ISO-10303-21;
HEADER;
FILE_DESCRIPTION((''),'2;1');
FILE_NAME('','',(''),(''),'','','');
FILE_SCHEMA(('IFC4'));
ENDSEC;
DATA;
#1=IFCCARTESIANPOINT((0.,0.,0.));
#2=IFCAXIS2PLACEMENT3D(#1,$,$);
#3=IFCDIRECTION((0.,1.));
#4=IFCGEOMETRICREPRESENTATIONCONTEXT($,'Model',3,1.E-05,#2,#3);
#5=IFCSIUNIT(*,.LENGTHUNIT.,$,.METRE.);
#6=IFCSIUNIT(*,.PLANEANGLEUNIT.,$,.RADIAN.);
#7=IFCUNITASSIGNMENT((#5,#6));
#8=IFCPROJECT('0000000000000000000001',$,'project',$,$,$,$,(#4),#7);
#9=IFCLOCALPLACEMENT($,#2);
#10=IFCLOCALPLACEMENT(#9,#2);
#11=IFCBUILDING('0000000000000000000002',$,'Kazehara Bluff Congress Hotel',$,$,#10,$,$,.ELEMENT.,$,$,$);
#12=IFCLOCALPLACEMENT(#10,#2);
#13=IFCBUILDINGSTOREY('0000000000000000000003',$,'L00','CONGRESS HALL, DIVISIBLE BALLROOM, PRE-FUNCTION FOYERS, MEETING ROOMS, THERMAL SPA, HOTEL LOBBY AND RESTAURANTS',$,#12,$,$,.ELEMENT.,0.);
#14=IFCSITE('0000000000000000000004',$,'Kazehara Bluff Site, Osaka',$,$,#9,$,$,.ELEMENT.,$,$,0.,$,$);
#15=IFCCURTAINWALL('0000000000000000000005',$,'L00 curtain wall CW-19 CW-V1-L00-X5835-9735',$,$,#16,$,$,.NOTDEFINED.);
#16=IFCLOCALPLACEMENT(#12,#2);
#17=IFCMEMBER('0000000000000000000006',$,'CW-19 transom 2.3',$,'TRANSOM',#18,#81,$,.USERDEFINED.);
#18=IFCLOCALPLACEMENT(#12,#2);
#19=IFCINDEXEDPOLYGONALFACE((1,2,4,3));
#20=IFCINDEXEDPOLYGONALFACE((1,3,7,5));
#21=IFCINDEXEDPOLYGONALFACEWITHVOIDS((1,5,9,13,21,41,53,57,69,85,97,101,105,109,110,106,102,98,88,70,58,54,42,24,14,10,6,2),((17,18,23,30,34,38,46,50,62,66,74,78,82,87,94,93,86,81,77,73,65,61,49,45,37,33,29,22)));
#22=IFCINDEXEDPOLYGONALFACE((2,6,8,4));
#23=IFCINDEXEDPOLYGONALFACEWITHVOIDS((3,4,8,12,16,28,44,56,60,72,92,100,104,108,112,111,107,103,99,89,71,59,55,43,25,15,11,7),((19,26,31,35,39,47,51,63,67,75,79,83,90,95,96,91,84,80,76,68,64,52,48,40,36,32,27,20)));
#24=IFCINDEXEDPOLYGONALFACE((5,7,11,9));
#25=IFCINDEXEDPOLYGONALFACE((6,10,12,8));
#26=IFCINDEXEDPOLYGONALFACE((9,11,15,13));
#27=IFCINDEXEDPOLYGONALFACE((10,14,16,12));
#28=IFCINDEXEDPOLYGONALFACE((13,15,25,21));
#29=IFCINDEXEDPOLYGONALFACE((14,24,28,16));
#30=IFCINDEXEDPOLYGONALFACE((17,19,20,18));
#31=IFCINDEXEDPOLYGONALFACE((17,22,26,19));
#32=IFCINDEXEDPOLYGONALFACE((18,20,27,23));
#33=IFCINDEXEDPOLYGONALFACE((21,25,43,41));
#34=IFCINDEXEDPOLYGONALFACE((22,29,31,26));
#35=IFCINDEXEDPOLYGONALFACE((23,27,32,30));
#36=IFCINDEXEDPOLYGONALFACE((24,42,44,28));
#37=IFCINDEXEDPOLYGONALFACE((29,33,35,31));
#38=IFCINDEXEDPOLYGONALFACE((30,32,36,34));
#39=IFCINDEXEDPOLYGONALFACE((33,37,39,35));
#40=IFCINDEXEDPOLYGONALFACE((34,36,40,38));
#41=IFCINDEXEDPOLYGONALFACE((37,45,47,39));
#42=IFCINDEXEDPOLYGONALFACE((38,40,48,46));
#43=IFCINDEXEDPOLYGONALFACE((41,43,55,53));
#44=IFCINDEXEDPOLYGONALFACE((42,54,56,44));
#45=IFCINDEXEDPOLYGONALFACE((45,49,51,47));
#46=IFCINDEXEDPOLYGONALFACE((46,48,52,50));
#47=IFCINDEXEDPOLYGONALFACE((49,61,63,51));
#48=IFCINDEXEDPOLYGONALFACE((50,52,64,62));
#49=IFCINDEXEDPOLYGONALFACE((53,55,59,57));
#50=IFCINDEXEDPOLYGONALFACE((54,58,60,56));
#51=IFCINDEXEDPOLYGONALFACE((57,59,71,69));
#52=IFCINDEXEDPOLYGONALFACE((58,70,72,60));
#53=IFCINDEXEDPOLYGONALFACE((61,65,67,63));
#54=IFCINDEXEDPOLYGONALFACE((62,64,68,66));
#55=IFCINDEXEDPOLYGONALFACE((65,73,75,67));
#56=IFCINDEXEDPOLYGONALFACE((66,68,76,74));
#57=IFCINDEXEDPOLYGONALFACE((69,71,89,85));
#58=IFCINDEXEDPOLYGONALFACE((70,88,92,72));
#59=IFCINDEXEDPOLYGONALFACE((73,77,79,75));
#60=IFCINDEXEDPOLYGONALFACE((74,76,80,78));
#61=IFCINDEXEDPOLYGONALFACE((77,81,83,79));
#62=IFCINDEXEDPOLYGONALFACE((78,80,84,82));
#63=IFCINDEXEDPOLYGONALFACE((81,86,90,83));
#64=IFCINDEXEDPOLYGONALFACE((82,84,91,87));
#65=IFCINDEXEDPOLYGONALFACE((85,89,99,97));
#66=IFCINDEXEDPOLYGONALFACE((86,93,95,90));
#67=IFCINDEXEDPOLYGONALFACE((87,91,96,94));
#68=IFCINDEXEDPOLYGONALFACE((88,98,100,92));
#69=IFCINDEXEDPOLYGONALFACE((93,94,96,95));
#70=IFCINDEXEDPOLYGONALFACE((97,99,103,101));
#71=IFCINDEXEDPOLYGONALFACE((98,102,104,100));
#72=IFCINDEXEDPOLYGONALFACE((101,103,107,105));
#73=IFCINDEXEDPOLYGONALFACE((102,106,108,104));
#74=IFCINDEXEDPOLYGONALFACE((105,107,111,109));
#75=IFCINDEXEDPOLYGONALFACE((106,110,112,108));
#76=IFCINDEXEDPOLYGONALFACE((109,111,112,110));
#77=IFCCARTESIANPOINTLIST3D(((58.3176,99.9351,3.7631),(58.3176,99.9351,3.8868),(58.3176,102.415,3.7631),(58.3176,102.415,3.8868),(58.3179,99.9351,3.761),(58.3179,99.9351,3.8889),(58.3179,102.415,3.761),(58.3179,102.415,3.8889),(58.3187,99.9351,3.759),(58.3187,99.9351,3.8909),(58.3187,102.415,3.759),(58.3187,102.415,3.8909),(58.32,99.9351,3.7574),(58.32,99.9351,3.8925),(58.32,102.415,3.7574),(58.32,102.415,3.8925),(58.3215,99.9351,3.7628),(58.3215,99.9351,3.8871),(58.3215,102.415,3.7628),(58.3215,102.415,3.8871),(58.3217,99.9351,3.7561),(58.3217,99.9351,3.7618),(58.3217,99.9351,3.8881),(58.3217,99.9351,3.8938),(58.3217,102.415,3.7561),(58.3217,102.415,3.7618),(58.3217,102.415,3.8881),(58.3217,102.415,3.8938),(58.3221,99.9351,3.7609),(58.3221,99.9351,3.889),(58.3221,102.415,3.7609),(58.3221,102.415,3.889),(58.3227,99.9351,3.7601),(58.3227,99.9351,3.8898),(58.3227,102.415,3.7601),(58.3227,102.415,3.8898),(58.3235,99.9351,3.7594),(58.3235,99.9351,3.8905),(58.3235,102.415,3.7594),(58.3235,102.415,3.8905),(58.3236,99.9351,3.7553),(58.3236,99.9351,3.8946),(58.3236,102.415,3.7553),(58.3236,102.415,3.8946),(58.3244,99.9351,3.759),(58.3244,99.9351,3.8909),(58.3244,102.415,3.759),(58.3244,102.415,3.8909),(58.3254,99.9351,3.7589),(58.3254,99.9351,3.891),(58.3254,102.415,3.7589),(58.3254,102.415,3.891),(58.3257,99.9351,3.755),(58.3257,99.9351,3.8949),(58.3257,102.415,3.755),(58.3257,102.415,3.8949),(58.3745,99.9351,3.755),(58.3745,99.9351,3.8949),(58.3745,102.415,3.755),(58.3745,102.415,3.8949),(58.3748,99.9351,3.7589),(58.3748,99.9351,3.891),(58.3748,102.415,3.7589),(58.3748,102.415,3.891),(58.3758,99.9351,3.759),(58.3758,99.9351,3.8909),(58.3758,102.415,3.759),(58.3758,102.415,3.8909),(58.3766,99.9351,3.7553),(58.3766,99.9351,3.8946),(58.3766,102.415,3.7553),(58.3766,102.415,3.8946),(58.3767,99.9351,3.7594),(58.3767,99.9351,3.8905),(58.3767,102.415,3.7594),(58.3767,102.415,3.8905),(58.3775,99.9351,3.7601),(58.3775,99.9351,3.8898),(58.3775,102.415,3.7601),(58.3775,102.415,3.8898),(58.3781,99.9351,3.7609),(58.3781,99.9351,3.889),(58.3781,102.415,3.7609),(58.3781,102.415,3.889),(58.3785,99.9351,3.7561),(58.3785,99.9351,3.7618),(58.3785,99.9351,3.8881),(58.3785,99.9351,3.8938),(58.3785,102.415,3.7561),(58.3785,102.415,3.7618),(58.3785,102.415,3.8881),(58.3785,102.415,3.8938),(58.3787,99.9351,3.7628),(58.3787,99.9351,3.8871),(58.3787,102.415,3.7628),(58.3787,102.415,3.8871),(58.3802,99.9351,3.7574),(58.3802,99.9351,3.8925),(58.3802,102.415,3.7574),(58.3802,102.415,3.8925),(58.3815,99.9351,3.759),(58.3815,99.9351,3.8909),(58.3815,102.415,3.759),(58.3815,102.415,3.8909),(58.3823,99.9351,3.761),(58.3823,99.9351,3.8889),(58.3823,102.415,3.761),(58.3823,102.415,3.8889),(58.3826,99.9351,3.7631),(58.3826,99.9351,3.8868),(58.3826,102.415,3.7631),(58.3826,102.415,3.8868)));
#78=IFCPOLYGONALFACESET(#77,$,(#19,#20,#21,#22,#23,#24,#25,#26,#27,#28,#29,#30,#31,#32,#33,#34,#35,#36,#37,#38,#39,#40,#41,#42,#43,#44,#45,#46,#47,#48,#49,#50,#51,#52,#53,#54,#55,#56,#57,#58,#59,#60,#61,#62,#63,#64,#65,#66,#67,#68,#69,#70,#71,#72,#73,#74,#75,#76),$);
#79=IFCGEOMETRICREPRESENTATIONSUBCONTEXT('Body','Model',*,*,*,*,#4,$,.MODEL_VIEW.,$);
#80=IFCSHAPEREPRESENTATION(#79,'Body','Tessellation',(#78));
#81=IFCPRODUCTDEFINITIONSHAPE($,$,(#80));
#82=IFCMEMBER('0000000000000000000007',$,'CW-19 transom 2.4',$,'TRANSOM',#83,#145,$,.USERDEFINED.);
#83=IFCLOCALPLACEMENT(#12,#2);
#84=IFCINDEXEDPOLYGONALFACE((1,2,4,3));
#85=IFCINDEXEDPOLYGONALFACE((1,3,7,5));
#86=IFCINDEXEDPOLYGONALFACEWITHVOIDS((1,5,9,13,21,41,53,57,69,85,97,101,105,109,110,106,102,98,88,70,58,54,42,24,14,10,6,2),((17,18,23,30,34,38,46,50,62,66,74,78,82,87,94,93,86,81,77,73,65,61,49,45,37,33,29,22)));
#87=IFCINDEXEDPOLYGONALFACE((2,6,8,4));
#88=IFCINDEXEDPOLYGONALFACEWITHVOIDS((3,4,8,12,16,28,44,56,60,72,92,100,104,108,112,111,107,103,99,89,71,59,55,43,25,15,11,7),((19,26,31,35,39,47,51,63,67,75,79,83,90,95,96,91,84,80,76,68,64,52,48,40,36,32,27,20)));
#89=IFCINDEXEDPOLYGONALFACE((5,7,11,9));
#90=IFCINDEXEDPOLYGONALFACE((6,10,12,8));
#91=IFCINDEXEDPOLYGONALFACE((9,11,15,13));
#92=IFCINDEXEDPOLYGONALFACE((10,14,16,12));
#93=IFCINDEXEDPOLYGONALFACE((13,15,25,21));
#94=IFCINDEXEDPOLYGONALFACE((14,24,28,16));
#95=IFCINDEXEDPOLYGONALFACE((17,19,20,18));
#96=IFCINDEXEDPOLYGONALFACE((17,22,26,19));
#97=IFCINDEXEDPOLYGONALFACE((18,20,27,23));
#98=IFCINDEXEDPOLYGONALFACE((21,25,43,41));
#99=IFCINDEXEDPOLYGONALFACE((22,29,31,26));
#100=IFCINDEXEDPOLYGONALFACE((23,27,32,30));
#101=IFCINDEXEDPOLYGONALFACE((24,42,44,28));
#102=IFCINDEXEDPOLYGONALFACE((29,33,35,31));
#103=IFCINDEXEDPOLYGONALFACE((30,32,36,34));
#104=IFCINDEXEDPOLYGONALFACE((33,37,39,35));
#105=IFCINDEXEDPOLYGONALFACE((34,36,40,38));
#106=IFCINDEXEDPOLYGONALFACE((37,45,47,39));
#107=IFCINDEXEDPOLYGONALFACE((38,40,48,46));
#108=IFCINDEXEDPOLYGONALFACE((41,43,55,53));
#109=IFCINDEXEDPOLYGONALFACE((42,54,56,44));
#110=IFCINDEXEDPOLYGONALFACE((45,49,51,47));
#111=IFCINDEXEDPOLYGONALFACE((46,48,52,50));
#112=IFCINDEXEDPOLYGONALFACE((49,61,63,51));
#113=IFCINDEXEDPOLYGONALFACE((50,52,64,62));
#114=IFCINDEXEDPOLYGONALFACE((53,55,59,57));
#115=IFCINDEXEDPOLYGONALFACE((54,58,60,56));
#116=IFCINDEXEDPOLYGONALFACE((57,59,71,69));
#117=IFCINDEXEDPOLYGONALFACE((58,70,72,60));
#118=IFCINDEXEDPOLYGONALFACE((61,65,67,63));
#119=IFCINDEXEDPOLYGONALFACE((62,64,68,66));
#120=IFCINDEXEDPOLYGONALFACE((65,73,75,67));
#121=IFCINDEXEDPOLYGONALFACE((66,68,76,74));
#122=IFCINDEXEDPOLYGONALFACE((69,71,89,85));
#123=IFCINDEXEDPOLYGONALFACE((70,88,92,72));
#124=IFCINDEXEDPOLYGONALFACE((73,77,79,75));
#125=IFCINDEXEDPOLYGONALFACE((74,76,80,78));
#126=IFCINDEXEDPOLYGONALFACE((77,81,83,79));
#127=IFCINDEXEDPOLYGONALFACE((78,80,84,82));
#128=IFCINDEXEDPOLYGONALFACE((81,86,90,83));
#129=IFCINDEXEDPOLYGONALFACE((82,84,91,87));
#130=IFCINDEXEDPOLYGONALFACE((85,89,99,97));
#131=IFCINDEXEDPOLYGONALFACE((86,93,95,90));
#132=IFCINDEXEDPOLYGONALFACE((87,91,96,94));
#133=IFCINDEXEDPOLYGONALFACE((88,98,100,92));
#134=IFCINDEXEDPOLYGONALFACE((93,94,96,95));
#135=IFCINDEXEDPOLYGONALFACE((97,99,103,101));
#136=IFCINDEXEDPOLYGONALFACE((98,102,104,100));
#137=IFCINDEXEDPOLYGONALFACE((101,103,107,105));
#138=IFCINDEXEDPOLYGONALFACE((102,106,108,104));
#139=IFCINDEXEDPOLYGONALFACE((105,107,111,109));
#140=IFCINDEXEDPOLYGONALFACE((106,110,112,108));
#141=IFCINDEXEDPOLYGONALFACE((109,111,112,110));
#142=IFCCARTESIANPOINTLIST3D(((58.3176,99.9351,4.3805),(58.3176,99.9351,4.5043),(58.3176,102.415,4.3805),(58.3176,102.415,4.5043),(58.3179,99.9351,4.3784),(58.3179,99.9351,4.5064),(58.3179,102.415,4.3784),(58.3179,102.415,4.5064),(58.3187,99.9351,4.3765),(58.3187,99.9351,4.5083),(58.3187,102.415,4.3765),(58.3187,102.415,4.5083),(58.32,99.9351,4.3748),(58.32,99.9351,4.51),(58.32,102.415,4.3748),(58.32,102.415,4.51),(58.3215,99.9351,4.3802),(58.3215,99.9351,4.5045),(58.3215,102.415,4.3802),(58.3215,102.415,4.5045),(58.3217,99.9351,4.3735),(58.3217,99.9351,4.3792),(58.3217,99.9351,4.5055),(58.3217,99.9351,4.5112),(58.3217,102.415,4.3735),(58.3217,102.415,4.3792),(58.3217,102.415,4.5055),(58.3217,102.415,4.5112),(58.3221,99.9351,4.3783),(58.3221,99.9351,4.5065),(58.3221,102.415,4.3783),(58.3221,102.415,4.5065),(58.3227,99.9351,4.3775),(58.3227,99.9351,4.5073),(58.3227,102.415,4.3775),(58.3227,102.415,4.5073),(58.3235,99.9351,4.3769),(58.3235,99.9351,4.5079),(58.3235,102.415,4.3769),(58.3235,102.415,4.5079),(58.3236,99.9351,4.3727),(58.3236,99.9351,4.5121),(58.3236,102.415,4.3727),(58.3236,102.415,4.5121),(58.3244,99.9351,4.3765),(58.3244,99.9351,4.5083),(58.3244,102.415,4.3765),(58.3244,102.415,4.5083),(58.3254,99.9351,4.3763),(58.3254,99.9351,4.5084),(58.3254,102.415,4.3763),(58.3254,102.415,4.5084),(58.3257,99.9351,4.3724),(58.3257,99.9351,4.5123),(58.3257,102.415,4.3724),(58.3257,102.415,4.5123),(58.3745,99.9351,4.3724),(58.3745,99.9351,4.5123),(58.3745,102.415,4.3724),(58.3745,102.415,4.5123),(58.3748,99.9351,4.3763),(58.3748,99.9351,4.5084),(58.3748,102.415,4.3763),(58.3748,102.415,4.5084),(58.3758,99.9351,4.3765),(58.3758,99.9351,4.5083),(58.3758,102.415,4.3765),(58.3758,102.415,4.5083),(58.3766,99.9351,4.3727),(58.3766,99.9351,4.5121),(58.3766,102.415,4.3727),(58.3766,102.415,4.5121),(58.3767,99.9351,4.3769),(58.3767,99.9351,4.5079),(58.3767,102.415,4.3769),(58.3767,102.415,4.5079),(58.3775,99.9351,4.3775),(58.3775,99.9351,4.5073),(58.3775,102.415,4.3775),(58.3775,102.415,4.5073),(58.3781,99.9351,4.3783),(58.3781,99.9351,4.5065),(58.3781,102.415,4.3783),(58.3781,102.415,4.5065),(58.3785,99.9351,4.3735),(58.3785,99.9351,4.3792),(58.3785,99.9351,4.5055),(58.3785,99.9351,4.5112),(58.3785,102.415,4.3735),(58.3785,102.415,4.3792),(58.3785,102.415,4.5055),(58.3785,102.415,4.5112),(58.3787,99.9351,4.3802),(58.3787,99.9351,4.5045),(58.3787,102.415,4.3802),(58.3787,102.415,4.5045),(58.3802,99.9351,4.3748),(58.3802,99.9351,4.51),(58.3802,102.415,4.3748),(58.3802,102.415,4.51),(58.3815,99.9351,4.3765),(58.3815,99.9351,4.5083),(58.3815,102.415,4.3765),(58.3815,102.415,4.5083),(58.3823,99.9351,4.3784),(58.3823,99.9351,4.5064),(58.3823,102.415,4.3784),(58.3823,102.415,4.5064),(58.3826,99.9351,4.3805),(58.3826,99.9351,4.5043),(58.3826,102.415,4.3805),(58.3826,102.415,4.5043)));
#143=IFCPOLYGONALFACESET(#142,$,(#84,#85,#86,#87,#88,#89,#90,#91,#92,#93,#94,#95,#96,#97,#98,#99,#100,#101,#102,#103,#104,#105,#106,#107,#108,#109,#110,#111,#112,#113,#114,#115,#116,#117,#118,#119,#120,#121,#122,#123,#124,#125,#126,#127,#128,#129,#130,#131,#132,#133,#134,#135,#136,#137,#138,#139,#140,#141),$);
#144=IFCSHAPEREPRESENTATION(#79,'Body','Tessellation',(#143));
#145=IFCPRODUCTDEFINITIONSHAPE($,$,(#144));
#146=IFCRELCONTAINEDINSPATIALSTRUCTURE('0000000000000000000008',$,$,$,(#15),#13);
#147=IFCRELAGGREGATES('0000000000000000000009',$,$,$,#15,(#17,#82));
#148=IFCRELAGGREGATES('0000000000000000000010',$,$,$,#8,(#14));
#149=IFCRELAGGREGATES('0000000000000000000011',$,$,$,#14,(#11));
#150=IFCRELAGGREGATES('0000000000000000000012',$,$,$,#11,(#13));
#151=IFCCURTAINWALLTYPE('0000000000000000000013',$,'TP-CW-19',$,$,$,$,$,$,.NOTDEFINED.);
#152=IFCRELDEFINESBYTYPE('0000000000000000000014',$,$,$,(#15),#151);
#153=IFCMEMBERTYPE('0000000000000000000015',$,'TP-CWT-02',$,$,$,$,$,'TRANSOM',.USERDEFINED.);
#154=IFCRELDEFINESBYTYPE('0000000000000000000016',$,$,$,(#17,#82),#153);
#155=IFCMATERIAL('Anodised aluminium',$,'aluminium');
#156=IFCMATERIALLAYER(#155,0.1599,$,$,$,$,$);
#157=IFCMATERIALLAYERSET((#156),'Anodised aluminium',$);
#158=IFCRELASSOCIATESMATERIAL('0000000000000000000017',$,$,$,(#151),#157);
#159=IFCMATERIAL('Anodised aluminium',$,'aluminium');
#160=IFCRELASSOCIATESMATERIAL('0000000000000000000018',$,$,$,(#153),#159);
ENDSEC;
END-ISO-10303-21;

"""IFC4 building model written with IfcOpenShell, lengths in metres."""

from ifc_helpers import new_model, si_unit, direction, frame, origin, origin_2d, place, context, subcontext, project, spatial, hollow_rectangle, extrude, material, layer, layer_set, material_profile, profile_set, type_object, element, aggregate, save


model = new_model("IFC4")

# Units and contexts
model_context = context("Model", 3, precision=1e-05, world=origin(), true_north=direction((0.0, 1.0)))
body_context = subcontext(model_context, "Body", "Model", "MODEL_VIEW")
ifc_project = project(units=[si_unit("LENGTHUNIT", "METRE"), si_unit("PLANEANGLEUNIT", "RADIAN")], contexts=[model_context])

# Site, building, storey
site_placement = place(None, origin())
site = spatial("IfcSite", under=ifc_project, at=site_placement, Name="Kazehara Bluff Site, Osaka", CompositionType="ELEMENT", RefElevation=0.0)
building_placement = place(site_placement, origin())
building = spatial("IfcBuilding", under=site, at=building_placement, Name="Kazehara Bluff Congress Hotel", CompositionType="ELEMENT")
storey_placement = place(building_placement, origin())
storey = spatial("IfcBuildingStorey", under=building, at=storey_placement, Name="L00", Description="CONGRESS HALL, DIVISIBLE BALLROOM, PRE-FUNCTION FOYERS, MEETING ROOMS, THERMAL SPA, HOTEL LOBBY AND RESTAURANTS", CompositionType="ELEMENT", Elevation=0.0)

# Curtain wall, members
ifc_material_1 = material(Name="Anodised aluminium", Category="aluminium")
ifc_layer_1 = layer(ifc_material_1, 0.1599)
ifc_layer_set_1 = layer_set([ifc_layer_1], Name="Anodised aluminium")
curtain_wall_type_1 = type_object("IfcCurtainWallType", Name="TP-CW-19", PredefinedType="NOTDEFINED", material=ifc_layer_set_1)
curtain_wall_1_placement = place(storey_placement, origin())
curtain_wall_1 = element("IfcCurtainWall", 1, at=curtain_wall_1_placement, inside=storey, type_object=curtain_wall_type_1, Name="L00 curtain wall CW-19 CW-V1-L00-X5835-9735", PredefinedType="NOTDEFINED")
ifc_material_2 = material(Name="Anodised aluminium", Category="aluminium")
ifc_material_profile_1 = material_profile(ifc_material_2, hollow_rectangle(XDim=0.0649, YDim=0.1399, WallThickness=0.0039, InnerFilletRadius=0.0039, OuterFilletRadius=0.0081, at=origin_2d()))
ifc_profile_set_1 = profile_set([ifc_material_profile_1], Name="Anodised aluminium")
member_type_1 = type_object("IfcMemberType", Name="TP-CWT-02", ElementType="TRANSOM", PredefinedType="USERDEFINED", material=ifc_profile_set_1)
member_1_placement = place(storey_placement, frame((58.3501, 99.9351, 3.825), z_axis=(0.0, 1.0, 0.0), x_axis=(-1.0, 0.0, 0.0)))
member_1 = element("IfcMember", 2, at=member_1_placement, type_object=member_type_1, Name="CW-19 transom 2.3", ObjectType="TRANSOM", PredefinedType="USERDEFINED", context=body_context, shape_type="SweptSolid", body=[
    extrude(hollow_rectangle(XDim=0.0649, YDim=0.1399, WallThickness=0.0039, InnerFilletRadius=0.0039, OuterFilletRadius=0.0081, at=origin_2d()), origin(), (0.0, 0.0, 1.0), 2.48),
])
member_2_placement = place(storey_placement, frame((58.3501, 99.9351, 4.4424), z_axis=(0.0, 1.0, 0.0), x_axis=(-1.0, 0.0, 0.0)))
member_2 = element("IfcMember", 3, at=member_2_placement, type_object=member_type_1, Name="CW-19 transom 2.4", ObjectType="TRANSOM", PredefinedType="USERDEFINED", context=body_context, shape_type="SweptSolid", body=[
    extrude(hollow_rectangle(XDim=0.0649, YDim=0.1399, WallThickness=0.0039, InnerFilletRadius=0.0039, OuterFilletRadius=0.0081, at=origin_2d()), origin(), (0.0, 0.0, 1.0), 2.48),
])

aggregate(curtain_wall_1, [member_1, member_2])

save(model, "model.ifc")
